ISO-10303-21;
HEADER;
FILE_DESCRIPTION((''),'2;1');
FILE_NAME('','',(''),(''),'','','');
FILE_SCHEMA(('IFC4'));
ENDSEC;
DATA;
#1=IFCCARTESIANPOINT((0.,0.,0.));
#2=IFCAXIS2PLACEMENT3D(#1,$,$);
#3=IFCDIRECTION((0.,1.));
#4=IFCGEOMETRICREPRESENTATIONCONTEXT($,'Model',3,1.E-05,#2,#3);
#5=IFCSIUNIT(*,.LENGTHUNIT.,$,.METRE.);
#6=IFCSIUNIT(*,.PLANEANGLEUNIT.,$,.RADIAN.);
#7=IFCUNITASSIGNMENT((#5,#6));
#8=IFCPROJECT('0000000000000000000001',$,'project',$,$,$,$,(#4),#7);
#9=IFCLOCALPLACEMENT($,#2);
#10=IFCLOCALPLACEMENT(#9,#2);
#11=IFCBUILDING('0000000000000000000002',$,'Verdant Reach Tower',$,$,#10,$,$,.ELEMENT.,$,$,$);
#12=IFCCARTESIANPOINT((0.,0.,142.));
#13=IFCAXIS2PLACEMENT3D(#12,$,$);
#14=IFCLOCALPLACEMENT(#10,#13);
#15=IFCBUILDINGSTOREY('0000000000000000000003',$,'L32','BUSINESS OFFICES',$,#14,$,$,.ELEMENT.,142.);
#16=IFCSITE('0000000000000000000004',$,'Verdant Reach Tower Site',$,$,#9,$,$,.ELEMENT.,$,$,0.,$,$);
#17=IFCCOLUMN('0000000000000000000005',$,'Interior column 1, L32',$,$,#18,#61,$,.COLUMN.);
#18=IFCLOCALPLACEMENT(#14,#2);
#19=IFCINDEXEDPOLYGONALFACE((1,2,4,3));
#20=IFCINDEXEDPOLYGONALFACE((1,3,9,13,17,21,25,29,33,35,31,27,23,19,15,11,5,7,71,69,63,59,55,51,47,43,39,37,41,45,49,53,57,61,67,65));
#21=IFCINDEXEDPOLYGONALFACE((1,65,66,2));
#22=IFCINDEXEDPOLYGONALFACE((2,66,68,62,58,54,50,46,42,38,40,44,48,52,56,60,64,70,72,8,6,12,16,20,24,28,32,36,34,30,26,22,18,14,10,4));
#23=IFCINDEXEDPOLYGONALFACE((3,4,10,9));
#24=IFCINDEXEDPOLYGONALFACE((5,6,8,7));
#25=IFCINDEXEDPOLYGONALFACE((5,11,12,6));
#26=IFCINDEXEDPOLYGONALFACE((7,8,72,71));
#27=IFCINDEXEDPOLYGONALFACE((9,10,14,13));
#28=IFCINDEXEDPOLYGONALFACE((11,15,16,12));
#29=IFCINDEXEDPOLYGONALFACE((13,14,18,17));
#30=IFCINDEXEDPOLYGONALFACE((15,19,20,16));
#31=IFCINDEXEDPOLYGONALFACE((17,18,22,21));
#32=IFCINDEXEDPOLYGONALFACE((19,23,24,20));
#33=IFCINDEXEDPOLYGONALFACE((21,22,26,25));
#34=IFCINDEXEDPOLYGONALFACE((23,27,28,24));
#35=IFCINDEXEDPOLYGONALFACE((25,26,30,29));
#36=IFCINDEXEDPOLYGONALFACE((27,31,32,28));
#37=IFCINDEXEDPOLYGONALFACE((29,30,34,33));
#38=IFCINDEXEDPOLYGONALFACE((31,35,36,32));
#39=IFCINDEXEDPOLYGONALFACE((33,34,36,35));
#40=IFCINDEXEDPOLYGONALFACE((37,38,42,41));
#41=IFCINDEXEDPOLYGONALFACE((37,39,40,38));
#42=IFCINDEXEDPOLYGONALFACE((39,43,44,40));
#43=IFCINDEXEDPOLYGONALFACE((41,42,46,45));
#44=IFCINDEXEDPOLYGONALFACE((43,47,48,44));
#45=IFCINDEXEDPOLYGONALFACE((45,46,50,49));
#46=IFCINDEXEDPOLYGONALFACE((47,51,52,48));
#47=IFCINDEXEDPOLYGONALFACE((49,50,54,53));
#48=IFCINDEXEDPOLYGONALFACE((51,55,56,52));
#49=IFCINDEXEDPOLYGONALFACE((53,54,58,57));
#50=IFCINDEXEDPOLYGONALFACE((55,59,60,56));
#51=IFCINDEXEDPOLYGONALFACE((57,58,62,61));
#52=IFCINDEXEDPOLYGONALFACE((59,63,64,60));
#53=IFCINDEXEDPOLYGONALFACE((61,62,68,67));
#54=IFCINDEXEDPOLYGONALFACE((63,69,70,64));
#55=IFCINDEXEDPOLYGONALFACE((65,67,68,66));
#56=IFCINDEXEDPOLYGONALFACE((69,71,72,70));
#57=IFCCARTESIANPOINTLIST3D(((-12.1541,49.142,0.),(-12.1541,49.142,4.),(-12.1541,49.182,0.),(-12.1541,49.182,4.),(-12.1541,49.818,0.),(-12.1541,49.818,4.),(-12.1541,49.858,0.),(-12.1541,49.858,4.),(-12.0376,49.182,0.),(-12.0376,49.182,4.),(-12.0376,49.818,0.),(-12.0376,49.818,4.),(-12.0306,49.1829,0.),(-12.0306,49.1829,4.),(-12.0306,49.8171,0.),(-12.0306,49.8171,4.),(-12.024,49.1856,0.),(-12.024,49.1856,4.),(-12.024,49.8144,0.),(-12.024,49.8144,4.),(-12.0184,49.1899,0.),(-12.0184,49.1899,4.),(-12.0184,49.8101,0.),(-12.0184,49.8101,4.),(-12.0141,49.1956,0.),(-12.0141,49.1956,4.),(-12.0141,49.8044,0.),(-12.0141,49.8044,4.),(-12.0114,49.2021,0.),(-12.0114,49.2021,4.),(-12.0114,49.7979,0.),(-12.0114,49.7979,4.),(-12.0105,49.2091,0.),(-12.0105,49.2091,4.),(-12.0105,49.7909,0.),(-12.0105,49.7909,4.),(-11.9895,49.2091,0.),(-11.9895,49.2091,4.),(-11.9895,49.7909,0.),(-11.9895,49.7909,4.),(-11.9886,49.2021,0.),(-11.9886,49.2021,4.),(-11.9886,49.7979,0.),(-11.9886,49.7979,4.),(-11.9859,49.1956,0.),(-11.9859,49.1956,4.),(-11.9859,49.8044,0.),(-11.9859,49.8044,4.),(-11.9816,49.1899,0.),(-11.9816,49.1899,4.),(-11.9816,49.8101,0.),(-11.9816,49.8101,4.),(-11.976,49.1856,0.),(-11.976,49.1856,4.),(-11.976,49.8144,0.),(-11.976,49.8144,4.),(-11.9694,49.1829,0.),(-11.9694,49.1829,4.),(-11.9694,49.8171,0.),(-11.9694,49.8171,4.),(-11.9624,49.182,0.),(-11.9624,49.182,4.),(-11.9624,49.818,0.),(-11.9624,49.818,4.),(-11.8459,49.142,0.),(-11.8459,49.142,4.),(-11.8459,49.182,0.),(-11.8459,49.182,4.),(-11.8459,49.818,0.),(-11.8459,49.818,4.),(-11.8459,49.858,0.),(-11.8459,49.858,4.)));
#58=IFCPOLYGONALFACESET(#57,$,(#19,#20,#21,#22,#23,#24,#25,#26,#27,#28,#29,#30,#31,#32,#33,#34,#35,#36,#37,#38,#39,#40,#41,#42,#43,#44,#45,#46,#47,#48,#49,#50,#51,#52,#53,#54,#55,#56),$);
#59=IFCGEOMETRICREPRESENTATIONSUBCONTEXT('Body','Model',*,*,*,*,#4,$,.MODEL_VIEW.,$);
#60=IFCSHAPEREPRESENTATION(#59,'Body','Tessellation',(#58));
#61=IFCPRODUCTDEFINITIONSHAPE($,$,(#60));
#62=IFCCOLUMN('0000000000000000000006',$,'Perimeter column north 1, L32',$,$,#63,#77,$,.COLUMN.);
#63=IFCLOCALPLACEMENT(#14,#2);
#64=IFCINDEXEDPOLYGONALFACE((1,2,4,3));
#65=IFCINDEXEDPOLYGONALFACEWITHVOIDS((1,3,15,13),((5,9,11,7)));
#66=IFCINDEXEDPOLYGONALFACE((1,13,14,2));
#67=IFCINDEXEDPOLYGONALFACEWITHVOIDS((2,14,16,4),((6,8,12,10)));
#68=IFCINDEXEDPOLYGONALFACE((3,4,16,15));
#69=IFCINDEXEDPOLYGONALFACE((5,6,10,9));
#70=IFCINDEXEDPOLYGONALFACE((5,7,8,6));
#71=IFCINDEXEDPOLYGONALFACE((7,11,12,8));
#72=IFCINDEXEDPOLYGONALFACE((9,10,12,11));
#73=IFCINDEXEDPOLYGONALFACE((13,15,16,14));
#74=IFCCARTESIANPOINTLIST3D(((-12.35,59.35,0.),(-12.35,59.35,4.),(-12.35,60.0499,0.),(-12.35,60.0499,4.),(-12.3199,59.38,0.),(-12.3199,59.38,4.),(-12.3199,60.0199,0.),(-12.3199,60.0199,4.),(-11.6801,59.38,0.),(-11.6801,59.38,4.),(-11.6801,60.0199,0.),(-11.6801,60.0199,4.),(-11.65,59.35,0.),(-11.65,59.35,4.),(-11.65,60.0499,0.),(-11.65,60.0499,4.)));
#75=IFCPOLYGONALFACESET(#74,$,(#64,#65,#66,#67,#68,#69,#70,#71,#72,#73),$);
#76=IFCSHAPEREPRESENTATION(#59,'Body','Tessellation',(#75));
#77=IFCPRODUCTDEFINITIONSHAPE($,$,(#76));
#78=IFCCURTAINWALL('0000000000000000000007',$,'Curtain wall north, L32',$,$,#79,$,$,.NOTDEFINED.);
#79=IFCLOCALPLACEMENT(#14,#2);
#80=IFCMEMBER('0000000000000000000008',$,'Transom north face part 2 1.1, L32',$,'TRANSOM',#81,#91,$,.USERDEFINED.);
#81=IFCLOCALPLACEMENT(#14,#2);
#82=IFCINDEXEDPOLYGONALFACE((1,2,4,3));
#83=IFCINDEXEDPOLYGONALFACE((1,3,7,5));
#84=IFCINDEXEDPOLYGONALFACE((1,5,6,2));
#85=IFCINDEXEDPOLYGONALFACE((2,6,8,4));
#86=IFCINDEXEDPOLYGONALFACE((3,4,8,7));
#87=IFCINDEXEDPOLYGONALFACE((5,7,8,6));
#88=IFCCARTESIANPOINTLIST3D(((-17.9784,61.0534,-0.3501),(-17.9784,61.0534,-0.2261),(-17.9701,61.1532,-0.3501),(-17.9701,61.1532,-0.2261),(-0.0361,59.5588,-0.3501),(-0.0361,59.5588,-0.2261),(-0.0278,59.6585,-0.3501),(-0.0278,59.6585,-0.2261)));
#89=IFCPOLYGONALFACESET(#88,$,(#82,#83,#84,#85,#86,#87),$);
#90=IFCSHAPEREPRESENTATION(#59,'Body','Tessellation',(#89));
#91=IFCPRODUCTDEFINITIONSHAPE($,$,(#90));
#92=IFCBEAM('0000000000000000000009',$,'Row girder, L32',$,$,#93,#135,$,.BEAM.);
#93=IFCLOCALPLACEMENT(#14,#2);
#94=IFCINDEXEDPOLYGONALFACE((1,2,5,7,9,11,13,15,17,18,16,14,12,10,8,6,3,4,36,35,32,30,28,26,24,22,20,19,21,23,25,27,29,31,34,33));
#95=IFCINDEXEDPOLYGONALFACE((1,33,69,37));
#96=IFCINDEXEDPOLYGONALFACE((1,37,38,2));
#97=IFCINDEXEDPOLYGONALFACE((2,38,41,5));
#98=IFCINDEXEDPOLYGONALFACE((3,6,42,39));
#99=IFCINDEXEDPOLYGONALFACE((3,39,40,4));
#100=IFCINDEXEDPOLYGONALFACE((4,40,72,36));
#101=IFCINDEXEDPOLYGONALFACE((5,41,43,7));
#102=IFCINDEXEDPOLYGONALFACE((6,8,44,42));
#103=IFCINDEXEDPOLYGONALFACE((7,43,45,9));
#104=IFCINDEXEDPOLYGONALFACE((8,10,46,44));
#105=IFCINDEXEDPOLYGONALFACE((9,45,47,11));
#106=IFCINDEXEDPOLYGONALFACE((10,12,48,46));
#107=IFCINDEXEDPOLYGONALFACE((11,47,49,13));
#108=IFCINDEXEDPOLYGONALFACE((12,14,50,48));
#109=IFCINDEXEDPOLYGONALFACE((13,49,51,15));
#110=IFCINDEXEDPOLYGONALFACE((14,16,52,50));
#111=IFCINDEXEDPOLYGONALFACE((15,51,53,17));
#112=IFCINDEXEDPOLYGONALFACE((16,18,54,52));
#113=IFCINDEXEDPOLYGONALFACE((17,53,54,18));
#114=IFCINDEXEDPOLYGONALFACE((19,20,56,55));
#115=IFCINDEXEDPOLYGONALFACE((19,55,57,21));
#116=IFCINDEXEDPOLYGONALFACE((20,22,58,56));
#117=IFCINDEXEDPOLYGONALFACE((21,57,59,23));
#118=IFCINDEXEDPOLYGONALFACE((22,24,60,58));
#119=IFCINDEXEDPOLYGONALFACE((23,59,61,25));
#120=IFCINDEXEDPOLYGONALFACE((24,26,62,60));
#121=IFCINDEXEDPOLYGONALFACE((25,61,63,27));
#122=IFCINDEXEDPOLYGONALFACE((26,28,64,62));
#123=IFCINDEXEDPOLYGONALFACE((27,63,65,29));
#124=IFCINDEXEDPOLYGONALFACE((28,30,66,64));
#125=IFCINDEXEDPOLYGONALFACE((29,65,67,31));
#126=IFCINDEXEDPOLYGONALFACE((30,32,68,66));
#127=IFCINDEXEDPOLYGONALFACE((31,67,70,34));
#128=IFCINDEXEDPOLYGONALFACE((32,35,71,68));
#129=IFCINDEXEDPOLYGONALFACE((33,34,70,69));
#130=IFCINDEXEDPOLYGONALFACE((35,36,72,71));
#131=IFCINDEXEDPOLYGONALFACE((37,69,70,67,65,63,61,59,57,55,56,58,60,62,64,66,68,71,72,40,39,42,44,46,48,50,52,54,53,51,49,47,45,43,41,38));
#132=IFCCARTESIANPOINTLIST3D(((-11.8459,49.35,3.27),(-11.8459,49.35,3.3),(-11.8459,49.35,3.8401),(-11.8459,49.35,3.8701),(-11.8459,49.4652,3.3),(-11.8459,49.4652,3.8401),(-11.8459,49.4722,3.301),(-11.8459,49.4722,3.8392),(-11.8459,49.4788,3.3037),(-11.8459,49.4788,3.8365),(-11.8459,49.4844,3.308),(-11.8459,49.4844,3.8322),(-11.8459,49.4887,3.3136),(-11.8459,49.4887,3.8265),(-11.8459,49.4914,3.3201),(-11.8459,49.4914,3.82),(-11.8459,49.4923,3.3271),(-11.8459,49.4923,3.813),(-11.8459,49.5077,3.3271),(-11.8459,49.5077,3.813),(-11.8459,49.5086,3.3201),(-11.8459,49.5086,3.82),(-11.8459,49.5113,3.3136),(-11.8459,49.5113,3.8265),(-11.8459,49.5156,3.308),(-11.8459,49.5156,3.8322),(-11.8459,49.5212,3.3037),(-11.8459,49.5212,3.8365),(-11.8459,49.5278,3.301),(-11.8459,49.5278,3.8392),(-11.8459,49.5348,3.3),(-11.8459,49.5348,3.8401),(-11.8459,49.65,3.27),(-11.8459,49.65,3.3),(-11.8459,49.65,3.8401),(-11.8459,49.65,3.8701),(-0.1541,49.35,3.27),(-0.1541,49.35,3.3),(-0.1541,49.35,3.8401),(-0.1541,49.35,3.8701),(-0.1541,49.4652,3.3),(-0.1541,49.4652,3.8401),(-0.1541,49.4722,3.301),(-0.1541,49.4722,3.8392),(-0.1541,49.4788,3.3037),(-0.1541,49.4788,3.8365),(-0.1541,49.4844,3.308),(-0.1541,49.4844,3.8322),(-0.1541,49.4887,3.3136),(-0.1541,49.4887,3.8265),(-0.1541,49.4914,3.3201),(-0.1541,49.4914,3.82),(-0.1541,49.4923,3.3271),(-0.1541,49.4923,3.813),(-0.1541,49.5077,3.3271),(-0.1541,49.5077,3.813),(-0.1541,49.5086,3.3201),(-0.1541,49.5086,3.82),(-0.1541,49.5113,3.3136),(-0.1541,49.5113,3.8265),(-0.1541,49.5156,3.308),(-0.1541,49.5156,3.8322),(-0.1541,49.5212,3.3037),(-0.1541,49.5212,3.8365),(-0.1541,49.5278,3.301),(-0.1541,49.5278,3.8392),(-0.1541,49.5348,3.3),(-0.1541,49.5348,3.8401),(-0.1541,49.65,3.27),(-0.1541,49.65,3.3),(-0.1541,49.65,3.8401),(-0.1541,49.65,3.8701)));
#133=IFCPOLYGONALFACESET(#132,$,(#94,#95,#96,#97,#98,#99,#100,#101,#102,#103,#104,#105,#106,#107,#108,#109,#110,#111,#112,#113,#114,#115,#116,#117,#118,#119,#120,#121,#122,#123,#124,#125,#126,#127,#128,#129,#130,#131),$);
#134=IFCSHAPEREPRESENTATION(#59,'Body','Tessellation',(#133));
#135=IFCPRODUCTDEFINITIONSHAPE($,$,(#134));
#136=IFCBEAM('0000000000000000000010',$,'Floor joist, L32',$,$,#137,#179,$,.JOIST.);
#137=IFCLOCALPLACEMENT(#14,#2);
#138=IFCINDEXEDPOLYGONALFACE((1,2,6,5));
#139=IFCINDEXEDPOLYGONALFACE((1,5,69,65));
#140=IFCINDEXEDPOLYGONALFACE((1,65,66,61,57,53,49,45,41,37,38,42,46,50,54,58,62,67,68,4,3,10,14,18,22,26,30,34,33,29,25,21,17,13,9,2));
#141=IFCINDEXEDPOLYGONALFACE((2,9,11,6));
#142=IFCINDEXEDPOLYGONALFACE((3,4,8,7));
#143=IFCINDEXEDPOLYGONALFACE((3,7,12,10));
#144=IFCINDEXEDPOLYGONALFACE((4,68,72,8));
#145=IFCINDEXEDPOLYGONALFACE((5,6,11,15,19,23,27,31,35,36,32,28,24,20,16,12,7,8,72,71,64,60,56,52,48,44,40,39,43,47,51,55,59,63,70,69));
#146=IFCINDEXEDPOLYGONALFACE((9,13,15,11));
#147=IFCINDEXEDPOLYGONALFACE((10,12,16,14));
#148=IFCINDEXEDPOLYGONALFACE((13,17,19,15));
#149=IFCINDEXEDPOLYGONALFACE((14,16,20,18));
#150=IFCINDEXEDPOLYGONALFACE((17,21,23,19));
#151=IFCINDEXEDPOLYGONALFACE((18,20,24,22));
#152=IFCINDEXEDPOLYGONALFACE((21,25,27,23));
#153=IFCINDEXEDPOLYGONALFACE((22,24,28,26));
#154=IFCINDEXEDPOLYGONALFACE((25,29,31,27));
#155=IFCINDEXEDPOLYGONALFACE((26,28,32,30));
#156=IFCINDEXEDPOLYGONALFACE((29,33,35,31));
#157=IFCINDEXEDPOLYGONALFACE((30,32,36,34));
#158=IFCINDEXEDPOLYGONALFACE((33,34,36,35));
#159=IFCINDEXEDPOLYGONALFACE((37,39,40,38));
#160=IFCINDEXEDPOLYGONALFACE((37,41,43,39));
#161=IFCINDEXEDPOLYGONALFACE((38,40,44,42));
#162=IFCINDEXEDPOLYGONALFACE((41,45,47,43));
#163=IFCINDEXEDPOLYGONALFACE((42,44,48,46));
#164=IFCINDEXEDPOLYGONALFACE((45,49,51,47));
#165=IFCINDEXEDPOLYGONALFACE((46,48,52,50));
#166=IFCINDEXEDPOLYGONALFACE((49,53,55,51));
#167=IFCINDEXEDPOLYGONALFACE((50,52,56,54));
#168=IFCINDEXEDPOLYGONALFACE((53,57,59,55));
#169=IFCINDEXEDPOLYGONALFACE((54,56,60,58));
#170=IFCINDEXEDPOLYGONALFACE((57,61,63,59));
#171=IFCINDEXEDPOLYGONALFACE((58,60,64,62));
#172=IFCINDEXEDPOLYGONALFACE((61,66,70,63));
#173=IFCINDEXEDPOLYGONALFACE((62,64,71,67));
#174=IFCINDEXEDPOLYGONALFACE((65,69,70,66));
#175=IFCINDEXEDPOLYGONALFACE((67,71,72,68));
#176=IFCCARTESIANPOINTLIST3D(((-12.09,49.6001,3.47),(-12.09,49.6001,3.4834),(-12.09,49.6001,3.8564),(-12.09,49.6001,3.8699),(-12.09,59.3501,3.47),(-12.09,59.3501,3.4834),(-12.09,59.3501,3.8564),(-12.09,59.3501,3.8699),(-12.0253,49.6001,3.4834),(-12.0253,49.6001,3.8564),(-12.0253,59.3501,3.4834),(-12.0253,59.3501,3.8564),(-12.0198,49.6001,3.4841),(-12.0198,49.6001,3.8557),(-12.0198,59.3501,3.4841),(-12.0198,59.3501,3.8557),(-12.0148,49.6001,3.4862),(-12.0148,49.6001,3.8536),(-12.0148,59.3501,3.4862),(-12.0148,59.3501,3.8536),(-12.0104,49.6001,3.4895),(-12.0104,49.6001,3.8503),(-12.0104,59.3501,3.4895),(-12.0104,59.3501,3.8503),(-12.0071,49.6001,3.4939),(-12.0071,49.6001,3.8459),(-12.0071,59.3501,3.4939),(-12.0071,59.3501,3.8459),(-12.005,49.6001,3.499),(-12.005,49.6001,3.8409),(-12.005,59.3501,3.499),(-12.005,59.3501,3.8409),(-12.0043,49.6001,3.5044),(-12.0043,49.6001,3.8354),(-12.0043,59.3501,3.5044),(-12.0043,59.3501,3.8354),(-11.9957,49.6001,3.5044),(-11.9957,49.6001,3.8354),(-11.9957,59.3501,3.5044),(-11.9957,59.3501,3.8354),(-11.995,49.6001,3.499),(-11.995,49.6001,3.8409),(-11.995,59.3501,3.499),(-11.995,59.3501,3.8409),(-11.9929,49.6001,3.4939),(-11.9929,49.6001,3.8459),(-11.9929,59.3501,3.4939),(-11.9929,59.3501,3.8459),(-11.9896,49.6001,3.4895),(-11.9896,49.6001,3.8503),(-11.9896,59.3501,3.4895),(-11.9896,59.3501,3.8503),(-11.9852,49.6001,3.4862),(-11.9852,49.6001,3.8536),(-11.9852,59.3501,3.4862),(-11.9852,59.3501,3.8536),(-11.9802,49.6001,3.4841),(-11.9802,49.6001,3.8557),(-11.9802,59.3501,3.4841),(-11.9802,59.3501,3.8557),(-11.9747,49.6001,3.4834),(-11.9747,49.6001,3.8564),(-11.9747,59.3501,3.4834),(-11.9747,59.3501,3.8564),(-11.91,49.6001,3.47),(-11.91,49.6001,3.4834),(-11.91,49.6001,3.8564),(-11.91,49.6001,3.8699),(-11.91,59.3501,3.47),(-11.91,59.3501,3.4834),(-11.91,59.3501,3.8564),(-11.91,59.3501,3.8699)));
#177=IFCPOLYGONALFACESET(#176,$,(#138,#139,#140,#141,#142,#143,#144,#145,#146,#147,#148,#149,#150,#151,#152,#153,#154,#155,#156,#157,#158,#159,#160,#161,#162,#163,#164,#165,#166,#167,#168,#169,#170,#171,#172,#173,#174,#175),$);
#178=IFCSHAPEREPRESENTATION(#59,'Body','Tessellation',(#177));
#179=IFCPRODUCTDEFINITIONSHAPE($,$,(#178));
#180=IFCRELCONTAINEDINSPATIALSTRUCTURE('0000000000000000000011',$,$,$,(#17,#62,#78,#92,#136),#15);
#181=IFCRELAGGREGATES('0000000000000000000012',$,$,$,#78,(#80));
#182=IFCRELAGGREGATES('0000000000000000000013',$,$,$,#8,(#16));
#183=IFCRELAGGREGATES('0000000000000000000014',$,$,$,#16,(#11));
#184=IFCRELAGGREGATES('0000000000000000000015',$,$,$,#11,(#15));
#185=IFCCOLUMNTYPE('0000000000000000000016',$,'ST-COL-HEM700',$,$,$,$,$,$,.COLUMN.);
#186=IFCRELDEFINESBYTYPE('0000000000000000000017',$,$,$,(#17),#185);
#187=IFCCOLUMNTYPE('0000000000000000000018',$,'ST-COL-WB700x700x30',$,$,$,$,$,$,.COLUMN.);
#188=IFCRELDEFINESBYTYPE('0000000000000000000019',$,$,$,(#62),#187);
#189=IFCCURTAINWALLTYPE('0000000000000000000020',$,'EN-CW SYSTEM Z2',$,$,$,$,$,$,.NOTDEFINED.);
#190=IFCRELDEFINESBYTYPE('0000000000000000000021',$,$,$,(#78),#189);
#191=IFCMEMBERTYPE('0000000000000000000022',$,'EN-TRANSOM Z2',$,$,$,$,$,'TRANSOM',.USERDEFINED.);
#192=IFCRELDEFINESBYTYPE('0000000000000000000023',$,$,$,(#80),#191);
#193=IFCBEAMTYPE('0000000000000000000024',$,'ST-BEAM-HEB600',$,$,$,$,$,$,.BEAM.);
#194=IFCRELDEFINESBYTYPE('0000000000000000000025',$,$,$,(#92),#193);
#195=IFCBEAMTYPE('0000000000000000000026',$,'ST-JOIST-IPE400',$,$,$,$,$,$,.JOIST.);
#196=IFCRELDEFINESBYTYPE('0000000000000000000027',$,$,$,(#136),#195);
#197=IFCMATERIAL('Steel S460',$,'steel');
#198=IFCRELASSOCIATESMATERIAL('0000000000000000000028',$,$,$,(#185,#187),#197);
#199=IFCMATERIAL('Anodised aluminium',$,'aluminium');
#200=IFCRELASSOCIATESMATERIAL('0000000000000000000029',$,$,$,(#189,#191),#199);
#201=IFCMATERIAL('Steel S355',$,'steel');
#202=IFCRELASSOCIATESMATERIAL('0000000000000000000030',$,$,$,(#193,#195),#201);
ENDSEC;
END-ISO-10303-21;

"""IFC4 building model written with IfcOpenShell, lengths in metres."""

from ifc_helpers import new_model, si_unit, direction, frame, origin, origin_2d, place, context, subcontext, project, spatial, rectangle, hollow_rectangle, i_section, extrude, material, material_profile, profile_set, type_object, element, aggregate, save


model = new_model("IFC4")

# Units and contexts
model_context = context("Model", 3, precision=1e-05, world=origin(), true_north=direction((0.0, 1.0)))
body_context = subcontext(model_context, "Body", "Model", "MODEL_VIEW")
ifc_project = project(units=[si_unit("LENGTHUNIT", "METRE"), si_unit("PLANEANGLEUNIT", "RADIAN")], contexts=[model_context])

# Site, building, storey
site_placement = place(None, origin())
site = spatial("IfcSite", under=ifc_project, at=site_placement, Name="Verdant Reach Tower Site", CompositionType="ELEMENT", RefElevation=0.0)
building_placement = place(site_placement, origin())
building = spatial("IfcBuilding", under=site, at=building_placement, Name="Verdant Reach Tower", CompositionType="ELEMENT")
storey_placement = place(building_placement, frame((0.0, 0.0, 142.0)))
storey = spatial("IfcBuildingStorey", under=building, at=storey_placement, Name="L32", Description="BUSINESS OFFICES", CompositionType="ELEMENT", Elevation=142.0)

# Columns
ifc_material_1 = material(Name="Steel S460", Category="steel")
ifc_material_profile_1 = material_profile(ifc_material_1, i_section(OverallWidth=0.3081, OverallDepth=0.7161, WebThickness=0.021, FlangeThickness=0.04, FilletRadius=0.0271, at=origin_2d()), Name="HEM 700")
ifc_profile_set_1 = profile_set([ifc_material_profile_1], Name="Steel S460")
column_type_1 = type_object("IfcColumnType", Name="ST-COL-HEM700", PredefinedType="COLUMN", material=ifc_profile_set_1)
column_1_placement = place(storey_placement, frame((-12.0, 49.5, 0.0), z_axis=(0.0, 0.0, 1.0), x_axis=(1.0, 0.0, 0.0)))
element("IfcColumn", 1, at=column_1_placement, inside=storey, type_object=column_type_1, Name="Interior column 1, L32", PredefinedType="COLUMN", context=body_context, shape_type="SweptSolid", body=[
    extrude(i_section(OverallWidth=0.3081, OverallDepth=0.7161, WebThickness=0.021, FlangeThickness=0.04, FilletRadius=0.0271, at=origin_2d()), origin(), (0.0, 0.0, 1.0), 4.0),
])
ifc_material_profile_2 = material_profile(ifc_material_1, hollow_rectangle(XDim=0.7, YDim=0.7, WallThickness=0.03, at=origin_2d()), Name="WB 700x700x30")
ifc_profile_set_2 = profile_set([ifc_material_profile_2], Name="Steel S460")
column_type_2 = type_object("IfcColumnType", Name="ST-COL-WB700x700x30", PredefinedType="COLUMN", material=ifc_profile_set_2)
column_2_placement = place(storey_placement, frame((-12.0, 59.7, 0.0), z_axis=(0.0, 0.0, 1.0), x_axis=(1.0, 0.0, 0.0)))
element("IfcColumn", 2, at=column_2_placement, inside=storey, type_object=column_type_2, Name="Perimeter column north 1, L32", PredefinedType="COLUMN", context=body_context, shape_type="SweptSolid", body=[
    extrude(hollow_rectangle(XDim=0.7, YDim=0.7, WallThickness=0.03, at=origin_2d()), origin(), (0.0, 0.0, 1.0), 4.0),
])

# Curtain wall, member
ifc_material_2 = material(Name="Anodised aluminium", Category="aluminium")
curtain_wall_type = type_object("IfcCurtainWallType", Name="EN-CW SYSTEM Z2", PredefinedType="NOTDEFINED", material=ifc_material_2)
curtain_wall_placement = place(storey_placement, origin())
curtain_wall = element("IfcCurtainWall", 3, at=curtain_wall_placement, inside=storey, type_object=curtain_wall_type, Name="Curtain wall north, L32", PredefinedType="NOTDEFINED")
ifc_material_profile_3 = material_profile(ifc_material_2, rectangle(XDim=0.1001, YDim=0.124, at=origin_2d()), Name="Transom 124x100")
ifc_profile_set_3 = profile_set([ifc_material_profile_3], Name="Anodised aluminium")
member_type = type_object("IfcMemberType", Name="EN-TRANSOM Z2", ElementType="TRANSOM", PredefinedType="USERDEFINED", material=ifc_profile_set_3)
member_placement = place(storey_placement, frame((-0.032, 59.6086, -0.2881), z_axis=(-0.996548, 0.083015, 0.0), x_axis=(-0.083015, -0.996548, 0.0)))
member = element("IfcMember", 4, at=member_placement, type_object=member_type, Name="Transom north face part 2 1.1, L32", ObjectType="TRANSOM", PredefinedType="USERDEFINED", context=body_context, shape_type="SweptSolid", body=[
    extrude(rectangle(XDim=0.1001, YDim=0.124, at=origin_2d()), origin(), (0.0, 0.0, 1.0), 18.0044),
])

# Beams
ifc_material_3 = material(Name="Steel S355", Category="steel")
ifc_material_profile_4 = material_profile(ifc_material_3, i_section(OverallWidth=0.3, OverallDepth=0.6001, WebThickness=0.0154, FlangeThickness=0.03, FilletRadius=0.0271, at=origin_2d()), Name="HEB 600")
ifc_profile_set_4 = profile_set([ifc_material_profile_4], Name="Steel S355")
beam_type_1 = type_object("IfcBeamType", Name="ST-BEAM-HEB600", PredefinedType="BEAM", material=ifc_profile_set_4)
beam_1_placement = place(storey_placement, frame((-11.8459, 49.5, 3.5701), z_axis=(1.0, 0.0, 0.0), x_axis=(0.0, 1.0, 0.0)))
element("IfcBeam", 5, at=beam_1_placement, inside=storey, type_object=beam_type_1, Name="Row girder, L32", PredefinedType="BEAM", context=body_context, shape_type="SweptSolid", body=[
    extrude(i_section(OverallWidth=0.3, OverallDepth=0.6001, WebThickness=0.0154, FlangeThickness=0.03, FilletRadius=0.0271, at=origin_2d()), origin(), (0.0, 0.0, 1.0), 11.6919),
])
ifc_material_profile_5 = material_profile(ifc_material_3, i_section(OverallWidth=0.1799, OverallDepth=0.3999, WebThickness=0.0085, FlangeThickness=0.0134, FilletRadius=0.021, at=origin_2d()), Name="IPE 400")
ifc_profile_set_5 = profile_set([ifc_material_profile_5], Name="Steel S355")
beam_type_2 = type_object("IfcBeamType", Name="ST-JOIST-IPE400", PredefinedType="JOIST", material=ifc_profile_set_5)
beam_2_placement = place(storey_placement, frame((-12.0, 49.6001, 3.6699), z_axis=(0.0, 1.0, 0.0), x_axis=(-1.0, 0.0, 0.0)))
element("IfcBeam", 6, at=beam_2_placement, inside=storey, type_object=beam_type_2, Name="Floor joist, L32", PredefinedType="JOIST", context=body_context, shape_type="SweptSolid", body=[
    extrude(i_section(OverallWidth=0.1799, OverallDepth=0.3999, WebThickness=0.0085, FlangeThickness=0.0134, FilletRadius=0.021, at=origin_2d()), origin(), (0.0, 0.0, 1.0), 9.75),
])

aggregate(curtain_wall, [member])

save(model, "model.ifc")
